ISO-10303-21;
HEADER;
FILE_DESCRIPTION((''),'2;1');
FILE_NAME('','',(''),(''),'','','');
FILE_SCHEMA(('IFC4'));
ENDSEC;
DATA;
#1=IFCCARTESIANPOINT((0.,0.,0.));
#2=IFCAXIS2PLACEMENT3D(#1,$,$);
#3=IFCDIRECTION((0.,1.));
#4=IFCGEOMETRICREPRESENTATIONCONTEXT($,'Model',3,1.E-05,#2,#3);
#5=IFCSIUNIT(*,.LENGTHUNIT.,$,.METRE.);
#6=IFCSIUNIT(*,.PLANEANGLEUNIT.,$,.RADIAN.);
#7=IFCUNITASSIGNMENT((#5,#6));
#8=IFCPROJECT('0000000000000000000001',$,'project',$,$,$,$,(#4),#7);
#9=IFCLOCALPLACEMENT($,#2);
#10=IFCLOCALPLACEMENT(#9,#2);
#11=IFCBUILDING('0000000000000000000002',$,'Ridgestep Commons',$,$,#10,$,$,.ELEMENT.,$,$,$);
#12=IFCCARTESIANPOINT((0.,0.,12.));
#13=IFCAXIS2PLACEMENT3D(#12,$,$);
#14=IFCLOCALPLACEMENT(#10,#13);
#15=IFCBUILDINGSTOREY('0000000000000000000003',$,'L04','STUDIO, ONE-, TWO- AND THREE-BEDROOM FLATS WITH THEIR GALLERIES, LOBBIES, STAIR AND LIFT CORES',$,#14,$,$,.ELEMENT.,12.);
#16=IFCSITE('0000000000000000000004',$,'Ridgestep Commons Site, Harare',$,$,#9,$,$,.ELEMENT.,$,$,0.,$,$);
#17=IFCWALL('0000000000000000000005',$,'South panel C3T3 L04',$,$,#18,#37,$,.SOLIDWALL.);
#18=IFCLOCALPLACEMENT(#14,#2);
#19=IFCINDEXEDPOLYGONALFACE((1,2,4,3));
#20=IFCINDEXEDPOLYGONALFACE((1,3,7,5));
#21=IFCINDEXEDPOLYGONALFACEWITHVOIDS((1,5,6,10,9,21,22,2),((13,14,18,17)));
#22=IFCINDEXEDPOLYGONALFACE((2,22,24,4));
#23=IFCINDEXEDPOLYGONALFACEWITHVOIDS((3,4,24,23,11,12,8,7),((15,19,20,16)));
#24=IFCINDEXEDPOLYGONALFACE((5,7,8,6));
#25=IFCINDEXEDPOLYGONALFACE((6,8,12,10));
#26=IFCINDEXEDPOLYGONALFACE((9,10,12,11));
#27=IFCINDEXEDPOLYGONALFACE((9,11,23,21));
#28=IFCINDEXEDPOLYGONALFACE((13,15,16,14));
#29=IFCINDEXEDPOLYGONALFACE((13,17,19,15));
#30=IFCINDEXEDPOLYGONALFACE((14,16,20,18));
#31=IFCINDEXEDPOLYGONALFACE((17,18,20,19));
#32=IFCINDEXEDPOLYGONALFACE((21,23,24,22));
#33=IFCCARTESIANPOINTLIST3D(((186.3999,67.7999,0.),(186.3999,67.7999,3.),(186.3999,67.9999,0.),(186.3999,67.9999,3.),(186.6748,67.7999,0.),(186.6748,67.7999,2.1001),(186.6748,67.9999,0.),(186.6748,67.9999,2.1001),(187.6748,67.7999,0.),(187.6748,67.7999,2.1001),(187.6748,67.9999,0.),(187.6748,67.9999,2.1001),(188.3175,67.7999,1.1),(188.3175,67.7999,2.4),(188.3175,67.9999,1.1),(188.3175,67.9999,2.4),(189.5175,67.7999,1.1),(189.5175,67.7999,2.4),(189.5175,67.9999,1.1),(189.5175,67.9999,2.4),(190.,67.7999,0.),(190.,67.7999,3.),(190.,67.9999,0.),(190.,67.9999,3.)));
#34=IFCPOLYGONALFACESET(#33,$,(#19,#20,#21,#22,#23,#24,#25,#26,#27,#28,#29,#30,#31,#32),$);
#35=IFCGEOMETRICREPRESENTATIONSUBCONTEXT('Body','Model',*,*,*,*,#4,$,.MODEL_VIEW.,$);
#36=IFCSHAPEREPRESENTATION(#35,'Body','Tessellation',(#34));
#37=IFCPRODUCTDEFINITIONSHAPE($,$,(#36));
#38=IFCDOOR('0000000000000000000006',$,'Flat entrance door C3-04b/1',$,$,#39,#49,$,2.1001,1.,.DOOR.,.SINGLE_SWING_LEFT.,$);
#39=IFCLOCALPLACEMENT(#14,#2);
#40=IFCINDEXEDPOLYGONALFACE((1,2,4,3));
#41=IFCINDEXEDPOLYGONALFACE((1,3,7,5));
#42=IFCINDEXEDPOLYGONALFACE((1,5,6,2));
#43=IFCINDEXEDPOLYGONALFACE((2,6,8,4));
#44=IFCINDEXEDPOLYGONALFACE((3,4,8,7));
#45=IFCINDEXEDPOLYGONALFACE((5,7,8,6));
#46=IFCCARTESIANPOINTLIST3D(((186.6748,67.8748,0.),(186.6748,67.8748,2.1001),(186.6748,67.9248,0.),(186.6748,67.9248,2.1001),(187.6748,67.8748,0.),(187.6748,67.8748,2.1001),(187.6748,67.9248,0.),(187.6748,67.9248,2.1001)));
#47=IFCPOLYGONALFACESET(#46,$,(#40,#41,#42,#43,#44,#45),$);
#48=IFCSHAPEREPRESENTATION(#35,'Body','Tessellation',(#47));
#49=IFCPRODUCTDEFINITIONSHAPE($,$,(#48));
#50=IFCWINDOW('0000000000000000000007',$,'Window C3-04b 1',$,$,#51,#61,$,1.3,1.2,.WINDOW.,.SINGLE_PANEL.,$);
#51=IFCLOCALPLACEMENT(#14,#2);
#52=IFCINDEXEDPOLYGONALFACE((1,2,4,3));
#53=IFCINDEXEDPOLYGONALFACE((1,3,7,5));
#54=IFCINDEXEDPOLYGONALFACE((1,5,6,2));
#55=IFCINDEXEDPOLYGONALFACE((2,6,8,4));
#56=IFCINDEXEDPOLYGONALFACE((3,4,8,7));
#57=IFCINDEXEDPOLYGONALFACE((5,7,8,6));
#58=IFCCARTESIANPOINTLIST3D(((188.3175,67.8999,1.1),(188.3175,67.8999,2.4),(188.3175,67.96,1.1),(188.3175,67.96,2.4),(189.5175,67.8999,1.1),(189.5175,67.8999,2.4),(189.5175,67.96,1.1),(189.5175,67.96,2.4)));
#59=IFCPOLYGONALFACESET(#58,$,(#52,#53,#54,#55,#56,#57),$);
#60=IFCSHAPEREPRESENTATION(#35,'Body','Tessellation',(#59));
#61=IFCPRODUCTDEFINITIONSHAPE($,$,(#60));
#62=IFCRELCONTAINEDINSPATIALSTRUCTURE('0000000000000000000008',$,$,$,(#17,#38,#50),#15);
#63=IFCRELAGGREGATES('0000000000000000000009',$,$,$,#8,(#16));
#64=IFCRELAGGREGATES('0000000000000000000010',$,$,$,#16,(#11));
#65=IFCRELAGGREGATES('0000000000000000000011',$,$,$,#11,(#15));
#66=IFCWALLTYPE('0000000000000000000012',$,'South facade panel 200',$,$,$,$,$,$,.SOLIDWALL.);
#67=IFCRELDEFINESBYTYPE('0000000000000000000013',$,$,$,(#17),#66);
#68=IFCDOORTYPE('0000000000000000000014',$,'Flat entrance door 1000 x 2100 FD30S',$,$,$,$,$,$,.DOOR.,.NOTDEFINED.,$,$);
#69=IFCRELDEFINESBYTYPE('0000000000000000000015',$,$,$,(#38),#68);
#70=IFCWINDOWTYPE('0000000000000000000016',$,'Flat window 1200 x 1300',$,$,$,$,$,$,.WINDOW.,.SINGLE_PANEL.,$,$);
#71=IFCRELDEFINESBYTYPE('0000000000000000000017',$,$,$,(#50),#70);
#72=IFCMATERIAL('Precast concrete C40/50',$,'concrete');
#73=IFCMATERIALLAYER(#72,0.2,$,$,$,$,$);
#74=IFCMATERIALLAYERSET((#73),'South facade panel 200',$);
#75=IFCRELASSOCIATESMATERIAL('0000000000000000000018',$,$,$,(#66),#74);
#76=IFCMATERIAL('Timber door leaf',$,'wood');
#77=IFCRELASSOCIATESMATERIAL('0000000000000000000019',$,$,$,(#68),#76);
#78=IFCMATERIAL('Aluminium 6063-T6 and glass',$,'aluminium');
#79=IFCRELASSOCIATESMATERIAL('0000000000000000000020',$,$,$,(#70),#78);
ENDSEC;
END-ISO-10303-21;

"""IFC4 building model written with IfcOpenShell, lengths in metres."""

from ifc_helpers import new_model, si_unit, direction, frame, frame_2d, origin, place, context, subcontext, project, spatial, rectangle, extrude, material, layer, layer_set, type_object, element, fill, save


model = new_model("IFC4")

# Units and contexts
model_context = context("Model", 3, precision=1e-05, world=origin(), true_north=direction((0.0, 1.0)))
body_context = subcontext(model_context, "Body", "Model", "MODEL_VIEW")
ifc_project = project(units=[si_unit("LENGTHUNIT", "METRE"), si_unit("PLANEANGLEUNIT", "RADIAN")], contexts=[model_context])

# Site, building, storey
site_placement = place(None, origin())
site = spatial("IfcSite", under=ifc_project, at=site_placement, Name="Ridgestep Commons Site, Harare", CompositionType="ELEMENT", RefElevation=0.0)
building_placement = place(site_placement, origin())
building = spatial("IfcBuilding", under=site, at=building_placement, Name="Ridgestep Commons", CompositionType="ELEMENT")
storey_placement = place(building_placement, frame((0.0, 0.0, 12.0)))
storey = spatial("IfcBuildingStorey", under=building, at=storey_placement, Name="L04", Description="STUDIO, ONE-, TWO- AND THREE-BEDROOM FLATS WITH THEIR GALLERIES, LOBBIES, STAIR AND LIFT CORES", CompositionType="ELEMENT", Elevation=12.0)

# Shared definitions
ifc_material_1 = material(Name="Precast concrete C40/50", Category="concrete")
ifc_layer_1 = layer(ifc_material_1, 0.2)
ifc_layer_set_1 = layer_set([ifc_layer_1], Name="South facade panel 200")
wall_type_1 = type_object("IfcWallType", Name="South facade panel 200", PredefinedType="SOLIDWALL", material=ifc_layer_set_1)
ifc_material_2 = material(Name="Timber door leaf", Category="wood")
door_type_1 = type_object("IfcDoorType", Name="Flat entrance door 1000 x 2100 FD30S", OperationType="NOTDEFINED", PredefinedType="DOOR", material=ifc_material_2)
ifc_material_3 = material(Name="Aluminium 6063-T6 and glass", Category="aluminium")
window_type_1 = type_object("IfcWindowType", Name="Flat window 1200 x 1300", PartitioningType="SINGLE_PANEL", PredefinedType="WINDOW", material=ifc_material_3)

# Wall, openings, door, window
wall_1_placement = place(storey_placement, frame((186.3999, 67.8999, 0.0), z_axis=(0.0, 0.0, 1.0), x_axis=(1.0, 0.0, 0.0)))
wall_1 = element("IfcWall", 1, at=wall_1_placement, inside=storey, type_object=wall_type_1, Name="South panel C3T3 L04", PredefinedType="SOLIDWALL", context=body_context, shape_type="SweptSolid", body=[
    extrude(rectangle(XDim=3.6001, YDim=0.2, at=frame_2d((1.8, 0.0))), origin(), (0.0, 0.0, 1.0), 3.0),
])
opening_1_placement = place(wall_1_placement, frame((1.9175, 0.0, 1.1001)))
opening_1 = element("IfcOpeningElement", 2, at=opening_1_placement, cuts=wall_1, PredefinedType="OPENING", context=body_context, shape_type="SweptSolid", body=[
    extrude(rectangle(XDim=1.2, YDim=1.3, at=frame_2d((0.6001, 0.6499))), frame((0.0, 0.1099, 0.0), z_axis=(0.0, -1.0, 0.0), x_axis=(1.0, 0.0, 0.0)), (0.0, 0.0, 1.0), 0.22),
])
opening_2_placement = place(wall_1_placement, frame((0.2749, 0.0, 0.0)))
opening_2 = element("IfcOpeningElement", 3, at=opening_2_placement, cuts=wall_1, PredefinedType="OPENING", context=body_context, shape_type="SweptSolid", body=[
    extrude(rectangle(XDim=1.0, YDim=2.1001, at=frame_2d((0.5, 1.05))), frame((0.0, 0.1099, 0.0), z_axis=(0.0, -1.0, 0.0), x_axis=(1.0, 0.0, 0.0)), (0.0, 0.0, 1.0), 0.22),
])
door_1_placement = place(opening_2_placement, origin())
door_1 = element("IfcDoor", 4, at=door_1_placement, inside=storey, type_object=door_type_1, Name="Flat entrance door C3-04b/1", OperationType="SINGLE_SWING_LEFT", OverallHeight=2.1001, OverallWidth=1.0, PredefinedType="DOOR", context=body_context, shape_type="SweptSolid", body=[
    extrude(rectangle(XDim=1.0, YDim=2.1001, at=frame_2d((0.5, 1.05))), frame((0.0, 0.0249, 0.0), z_axis=(0.0, -1.0, 0.0), x_axis=(1.0, 0.0, 0.0)), (0.0, 0.0, 1.0), 0.05),
])
fill(opening_2, door_1)
window_1_placement = place(opening_1_placement, origin())
window_1 = element("IfcWindow", 5, at=window_1_placement, inside=storey, type_object=window_type_1, Name="Window C3-04b 1", OverallHeight=1.3, OverallWidth=1.2, PartitioningType="SINGLE_PANEL", PredefinedType="WINDOW", context=body_context, shape_type="SweptSolid", body=[
    extrude(rectangle(XDim=1.2, YDim=1.3, at=frame_2d((0.6001, 0.6499))), frame((0.0, 0.0601, 0.0), z_axis=(0.0, -1.0, 0.0), x_axis=(1.0, 0.0, 0.0)), (0.0, 0.0, 1.0), 0.0601),
])
fill(opening_1, window_1)

save(model, "model.ifc")
